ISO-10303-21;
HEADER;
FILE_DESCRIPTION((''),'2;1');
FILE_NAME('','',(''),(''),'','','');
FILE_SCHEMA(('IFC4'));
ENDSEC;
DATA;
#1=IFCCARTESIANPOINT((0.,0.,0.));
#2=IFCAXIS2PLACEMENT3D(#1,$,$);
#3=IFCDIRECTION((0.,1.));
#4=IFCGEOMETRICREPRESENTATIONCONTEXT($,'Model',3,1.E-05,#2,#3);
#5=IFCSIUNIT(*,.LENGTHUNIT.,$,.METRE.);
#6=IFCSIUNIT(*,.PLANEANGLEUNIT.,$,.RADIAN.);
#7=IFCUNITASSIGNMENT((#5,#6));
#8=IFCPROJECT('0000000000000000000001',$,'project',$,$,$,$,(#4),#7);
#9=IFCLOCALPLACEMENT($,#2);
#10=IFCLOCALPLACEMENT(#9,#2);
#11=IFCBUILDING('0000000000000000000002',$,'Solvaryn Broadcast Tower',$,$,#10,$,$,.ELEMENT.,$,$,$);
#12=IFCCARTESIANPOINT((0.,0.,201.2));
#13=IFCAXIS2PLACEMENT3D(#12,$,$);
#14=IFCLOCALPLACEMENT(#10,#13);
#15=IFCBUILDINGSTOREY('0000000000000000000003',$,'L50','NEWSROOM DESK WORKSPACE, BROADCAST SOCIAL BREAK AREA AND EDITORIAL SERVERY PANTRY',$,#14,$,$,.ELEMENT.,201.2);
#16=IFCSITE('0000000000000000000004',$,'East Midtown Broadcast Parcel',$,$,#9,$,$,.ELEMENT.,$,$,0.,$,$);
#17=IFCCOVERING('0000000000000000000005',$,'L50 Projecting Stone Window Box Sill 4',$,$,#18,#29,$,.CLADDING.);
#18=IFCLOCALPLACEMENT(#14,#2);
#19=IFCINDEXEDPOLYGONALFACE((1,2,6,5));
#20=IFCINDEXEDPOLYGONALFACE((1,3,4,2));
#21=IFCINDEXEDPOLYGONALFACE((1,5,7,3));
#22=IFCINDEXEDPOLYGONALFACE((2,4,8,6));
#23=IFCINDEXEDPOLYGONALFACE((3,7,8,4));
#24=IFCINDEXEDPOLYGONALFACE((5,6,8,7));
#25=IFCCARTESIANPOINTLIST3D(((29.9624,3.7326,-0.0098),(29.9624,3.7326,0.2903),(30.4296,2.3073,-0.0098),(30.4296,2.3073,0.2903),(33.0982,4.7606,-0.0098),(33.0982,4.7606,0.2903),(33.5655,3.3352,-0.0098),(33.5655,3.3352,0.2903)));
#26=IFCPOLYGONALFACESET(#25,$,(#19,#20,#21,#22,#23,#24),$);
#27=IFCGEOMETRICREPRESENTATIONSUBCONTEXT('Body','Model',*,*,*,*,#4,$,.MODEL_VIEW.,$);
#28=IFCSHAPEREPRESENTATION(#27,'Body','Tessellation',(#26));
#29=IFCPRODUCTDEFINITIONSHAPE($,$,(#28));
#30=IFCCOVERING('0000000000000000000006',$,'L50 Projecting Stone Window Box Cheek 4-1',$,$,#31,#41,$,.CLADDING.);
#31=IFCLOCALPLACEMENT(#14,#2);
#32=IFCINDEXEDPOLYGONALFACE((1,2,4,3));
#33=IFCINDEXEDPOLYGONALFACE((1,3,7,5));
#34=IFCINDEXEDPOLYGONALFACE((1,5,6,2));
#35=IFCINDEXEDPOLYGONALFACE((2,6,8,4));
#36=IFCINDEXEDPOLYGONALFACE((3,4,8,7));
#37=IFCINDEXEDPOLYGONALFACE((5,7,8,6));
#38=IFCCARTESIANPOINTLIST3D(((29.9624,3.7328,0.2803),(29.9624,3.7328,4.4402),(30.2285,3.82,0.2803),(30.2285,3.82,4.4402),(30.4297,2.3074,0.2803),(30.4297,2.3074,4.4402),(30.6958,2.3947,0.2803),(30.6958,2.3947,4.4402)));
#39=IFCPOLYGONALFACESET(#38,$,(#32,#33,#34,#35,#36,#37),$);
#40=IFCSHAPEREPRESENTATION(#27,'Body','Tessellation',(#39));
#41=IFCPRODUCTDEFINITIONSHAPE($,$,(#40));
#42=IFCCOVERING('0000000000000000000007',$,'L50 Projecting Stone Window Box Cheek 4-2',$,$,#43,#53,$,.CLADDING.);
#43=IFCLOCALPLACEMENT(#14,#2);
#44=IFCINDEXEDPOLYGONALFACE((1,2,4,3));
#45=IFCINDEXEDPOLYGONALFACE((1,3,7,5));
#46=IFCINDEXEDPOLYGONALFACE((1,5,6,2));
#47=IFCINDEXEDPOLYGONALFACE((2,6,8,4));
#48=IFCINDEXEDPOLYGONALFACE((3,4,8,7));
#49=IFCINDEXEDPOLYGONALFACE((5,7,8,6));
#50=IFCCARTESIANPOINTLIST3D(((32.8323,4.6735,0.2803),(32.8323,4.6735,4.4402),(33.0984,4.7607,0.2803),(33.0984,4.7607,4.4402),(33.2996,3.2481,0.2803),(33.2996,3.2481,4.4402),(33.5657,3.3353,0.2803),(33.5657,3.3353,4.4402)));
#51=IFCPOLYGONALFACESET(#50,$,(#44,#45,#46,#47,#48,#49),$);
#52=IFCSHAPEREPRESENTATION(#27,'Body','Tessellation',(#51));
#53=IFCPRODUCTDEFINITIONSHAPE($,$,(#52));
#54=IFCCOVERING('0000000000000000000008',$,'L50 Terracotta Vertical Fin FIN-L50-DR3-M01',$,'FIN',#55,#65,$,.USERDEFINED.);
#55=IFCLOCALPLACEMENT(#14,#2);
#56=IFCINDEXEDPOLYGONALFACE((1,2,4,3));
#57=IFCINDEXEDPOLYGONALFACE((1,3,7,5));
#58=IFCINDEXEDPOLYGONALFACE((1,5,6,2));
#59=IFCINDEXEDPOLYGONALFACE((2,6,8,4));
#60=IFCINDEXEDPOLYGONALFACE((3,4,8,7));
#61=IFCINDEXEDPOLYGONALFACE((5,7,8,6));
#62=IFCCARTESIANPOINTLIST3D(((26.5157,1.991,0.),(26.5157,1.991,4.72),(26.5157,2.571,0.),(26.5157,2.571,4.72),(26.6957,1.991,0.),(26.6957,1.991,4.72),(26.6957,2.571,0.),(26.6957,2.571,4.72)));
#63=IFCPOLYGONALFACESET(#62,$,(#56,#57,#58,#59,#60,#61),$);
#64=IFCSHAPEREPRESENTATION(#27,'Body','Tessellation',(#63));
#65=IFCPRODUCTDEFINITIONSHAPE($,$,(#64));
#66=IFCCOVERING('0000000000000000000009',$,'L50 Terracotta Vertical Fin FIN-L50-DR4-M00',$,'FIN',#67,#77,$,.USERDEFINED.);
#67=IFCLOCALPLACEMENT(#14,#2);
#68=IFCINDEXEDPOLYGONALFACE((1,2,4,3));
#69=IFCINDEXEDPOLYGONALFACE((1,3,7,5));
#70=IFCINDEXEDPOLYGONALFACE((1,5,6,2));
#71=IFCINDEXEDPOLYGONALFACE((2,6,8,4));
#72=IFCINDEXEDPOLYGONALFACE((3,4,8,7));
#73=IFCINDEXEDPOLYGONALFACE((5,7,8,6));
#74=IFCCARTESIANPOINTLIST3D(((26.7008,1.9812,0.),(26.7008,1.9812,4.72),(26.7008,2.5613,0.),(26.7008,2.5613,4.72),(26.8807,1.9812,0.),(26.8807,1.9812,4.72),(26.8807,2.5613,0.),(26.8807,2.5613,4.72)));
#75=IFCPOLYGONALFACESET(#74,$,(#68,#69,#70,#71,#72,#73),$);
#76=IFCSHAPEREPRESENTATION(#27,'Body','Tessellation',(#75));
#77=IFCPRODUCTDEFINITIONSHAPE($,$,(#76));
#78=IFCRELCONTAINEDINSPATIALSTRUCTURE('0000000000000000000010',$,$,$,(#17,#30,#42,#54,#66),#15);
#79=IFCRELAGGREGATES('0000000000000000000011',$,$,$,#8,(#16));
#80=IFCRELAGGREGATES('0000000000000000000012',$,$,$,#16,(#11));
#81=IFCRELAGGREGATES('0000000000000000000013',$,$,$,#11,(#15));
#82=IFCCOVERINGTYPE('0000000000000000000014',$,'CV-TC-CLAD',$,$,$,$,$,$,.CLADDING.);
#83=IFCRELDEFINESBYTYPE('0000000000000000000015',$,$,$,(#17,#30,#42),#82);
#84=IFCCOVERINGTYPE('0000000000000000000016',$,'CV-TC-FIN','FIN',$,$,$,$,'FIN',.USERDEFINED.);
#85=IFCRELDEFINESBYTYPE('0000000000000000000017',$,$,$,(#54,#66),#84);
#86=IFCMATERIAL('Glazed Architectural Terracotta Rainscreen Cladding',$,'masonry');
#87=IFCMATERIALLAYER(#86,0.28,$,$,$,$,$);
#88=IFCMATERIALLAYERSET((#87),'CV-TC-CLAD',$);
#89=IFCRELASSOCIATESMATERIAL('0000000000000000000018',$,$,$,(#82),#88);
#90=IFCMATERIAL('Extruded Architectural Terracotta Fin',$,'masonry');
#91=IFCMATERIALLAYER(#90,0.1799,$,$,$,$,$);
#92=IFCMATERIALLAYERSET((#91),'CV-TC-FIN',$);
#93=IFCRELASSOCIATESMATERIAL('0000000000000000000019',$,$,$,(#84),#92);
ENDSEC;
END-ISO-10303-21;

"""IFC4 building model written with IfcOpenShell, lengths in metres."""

from ifc_helpers import new_model, si_unit, direction, frame, origin, origin_2d, place, context, subcontext, project, spatial, rectangle, extrude, material, layer, layer_set, type_object, element, save


model = new_model("IFC4")

# Units and contexts
model_context = context("Model", 3, precision=1e-05, world=origin(), true_north=direction((0.0, 1.0)))
body_context = subcontext(model_context, "Body", "Model", "MODEL_VIEW")
ifc_project = project(units=[si_unit("LENGTHUNIT", "METRE"), si_unit("PLANEANGLEUNIT", "RADIAN")], contexts=[model_context])

# Site, building, storey
site_placement = place(None, origin())
site = spatial("IfcSite", under=ifc_project, at=site_placement, Name="East Midtown Broadcast Parcel", CompositionType="ELEMENT", RefElevation=0.0)
building_placement = place(site_placement, origin())
building = spatial("IfcBuilding", under=site, at=building_placement, Name="Solvaryn Broadcast Tower", CompositionType="ELEMENT")
storey_placement = place(building_placement, frame((0.0, 0.0, 201.2)))
storey = spatial("IfcBuildingStorey", under=building, at=storey_placement, Name="L50", Description="NEWSROOM DESK WORKSPACE, BROADCAST SOCIAL BREAK AREA AND EDITORIAL SERVERY PANTRY", CompositionType="ELEMENT", Elevation=201.2)

# Coverings
ifc_material_1 = material(Name="Glazed Architectural Terracotta Rainscreen Cladding", Category="masonry")
ifc_layer_1 = layer(ifc_material_1, 0.28)
ifc_layer_set_1 = layer_set([ifc_layer_1], Name="CV-TC-CLAD")
covering_type_1 = type_object("IfcCoveringType", Name="CV-TC-CLAD", PredefinedType="CLADDING", material=ifc_layer_set_1)
for number, where, z_axis, x_axis, name in (
    (1, (31.7639, 3.5339, -0.0098), (0.0, 0.0, 1.0), (0.950244, 0.311506, 0.0), "L50 Projecting Stone Window Box Sill 4"),
):
    element("IfcCovering", number, at=place(storey_placement, frame(where, z_axis=z_axis, x_axis=x_axis)), inside=storey, type_object=covering_type_1, Name=name, PredefinedType="CLADDING", context=body_context, shape_type="SweptSolid", body=[
        extrude(rectangle(XDim=3.3, YDim=1.5, at=origin_2d()), origin(), (0.0, 0.0, 1.0), 0.3),
    ])
for number, where, z_axis, x_axis, name in (
    (2, (30.3291, 3.0637, 0.2803), (0.0, 0.0, 1.0), (0.950244, 0.311506, 0.0), "L50 Projecting Stone Window Box Cheek 4-1"),
    (3, (33.199, 4.0044, 0.2803), (0.0, 0.0, 1.0), (0.950244, 0.311506, 0.0), "L50 Projecting Stone Window Box Cheek 4-2"),
):
    element("IfcCovering", number, at=place(storey_placement, frame(where, z_axis=z_axis, x_axis=x_axis)), inside=storey, type_object=covering_type_1, Name=name, PredefinedType="CLADDING", context=body_context, shape_type="SweptSolid", body=[
        extrude(rectangle(XDim=0.28, YDim=1.5, at=origin_2d()), origin(), (0.0, 0.0, 1.0), 4.1599),
    ])
ifc_material_2 = material(Name="Extruded Architectural Terracotta Fin", Category="masonry")
ifc_layer_2 = layer(ifc_material_2, 0.1799)
ifc_layer_set_2 = layer_set([ifc_layer_2], Name="CV-TC-FIN")
covering_type_2 = type_object("IfcCoveringType", Name="CV-TC-FIN", Description="FIN", ElementType="FIN", PredefinedType="USERDEFINED", material=ifc_layer_set_2)
for number, where, z_axis, x_axis, name in (
    (4, (26.6057, 2.281, 0.0), (0.0, 0.0, 1.0), (1.0, 0.0, 0.0), "L50 Terracotta Vertical Fin FIN-L50-DR3-M01"),
    (5, (26.7908, 2.2712, 0.0), (0.0, 0.0, 1.0), (1.0, 0.0, 0.0), "L50 Terracotta Vertical Fin FIN-L50-DR4-M00"),
):
    element("IfcCovering", number, at=place(storey_placement, frame(where, z_axis=z_axis, x_axis=x_axis)), inside=storey, type_object=covering_type_2, Name=name, ObjectType="FIN", PredefinedType="USERDEFINED", context=body_context, shape_type="SweptSolid", body=[
        extrude(rectangle(XDim=0.1799, YDim=0.5801, at=origin_2d()), origin(), (0.0, 0.0, 1.0), 4.72),
    ])

save(model, "model.ifc")
